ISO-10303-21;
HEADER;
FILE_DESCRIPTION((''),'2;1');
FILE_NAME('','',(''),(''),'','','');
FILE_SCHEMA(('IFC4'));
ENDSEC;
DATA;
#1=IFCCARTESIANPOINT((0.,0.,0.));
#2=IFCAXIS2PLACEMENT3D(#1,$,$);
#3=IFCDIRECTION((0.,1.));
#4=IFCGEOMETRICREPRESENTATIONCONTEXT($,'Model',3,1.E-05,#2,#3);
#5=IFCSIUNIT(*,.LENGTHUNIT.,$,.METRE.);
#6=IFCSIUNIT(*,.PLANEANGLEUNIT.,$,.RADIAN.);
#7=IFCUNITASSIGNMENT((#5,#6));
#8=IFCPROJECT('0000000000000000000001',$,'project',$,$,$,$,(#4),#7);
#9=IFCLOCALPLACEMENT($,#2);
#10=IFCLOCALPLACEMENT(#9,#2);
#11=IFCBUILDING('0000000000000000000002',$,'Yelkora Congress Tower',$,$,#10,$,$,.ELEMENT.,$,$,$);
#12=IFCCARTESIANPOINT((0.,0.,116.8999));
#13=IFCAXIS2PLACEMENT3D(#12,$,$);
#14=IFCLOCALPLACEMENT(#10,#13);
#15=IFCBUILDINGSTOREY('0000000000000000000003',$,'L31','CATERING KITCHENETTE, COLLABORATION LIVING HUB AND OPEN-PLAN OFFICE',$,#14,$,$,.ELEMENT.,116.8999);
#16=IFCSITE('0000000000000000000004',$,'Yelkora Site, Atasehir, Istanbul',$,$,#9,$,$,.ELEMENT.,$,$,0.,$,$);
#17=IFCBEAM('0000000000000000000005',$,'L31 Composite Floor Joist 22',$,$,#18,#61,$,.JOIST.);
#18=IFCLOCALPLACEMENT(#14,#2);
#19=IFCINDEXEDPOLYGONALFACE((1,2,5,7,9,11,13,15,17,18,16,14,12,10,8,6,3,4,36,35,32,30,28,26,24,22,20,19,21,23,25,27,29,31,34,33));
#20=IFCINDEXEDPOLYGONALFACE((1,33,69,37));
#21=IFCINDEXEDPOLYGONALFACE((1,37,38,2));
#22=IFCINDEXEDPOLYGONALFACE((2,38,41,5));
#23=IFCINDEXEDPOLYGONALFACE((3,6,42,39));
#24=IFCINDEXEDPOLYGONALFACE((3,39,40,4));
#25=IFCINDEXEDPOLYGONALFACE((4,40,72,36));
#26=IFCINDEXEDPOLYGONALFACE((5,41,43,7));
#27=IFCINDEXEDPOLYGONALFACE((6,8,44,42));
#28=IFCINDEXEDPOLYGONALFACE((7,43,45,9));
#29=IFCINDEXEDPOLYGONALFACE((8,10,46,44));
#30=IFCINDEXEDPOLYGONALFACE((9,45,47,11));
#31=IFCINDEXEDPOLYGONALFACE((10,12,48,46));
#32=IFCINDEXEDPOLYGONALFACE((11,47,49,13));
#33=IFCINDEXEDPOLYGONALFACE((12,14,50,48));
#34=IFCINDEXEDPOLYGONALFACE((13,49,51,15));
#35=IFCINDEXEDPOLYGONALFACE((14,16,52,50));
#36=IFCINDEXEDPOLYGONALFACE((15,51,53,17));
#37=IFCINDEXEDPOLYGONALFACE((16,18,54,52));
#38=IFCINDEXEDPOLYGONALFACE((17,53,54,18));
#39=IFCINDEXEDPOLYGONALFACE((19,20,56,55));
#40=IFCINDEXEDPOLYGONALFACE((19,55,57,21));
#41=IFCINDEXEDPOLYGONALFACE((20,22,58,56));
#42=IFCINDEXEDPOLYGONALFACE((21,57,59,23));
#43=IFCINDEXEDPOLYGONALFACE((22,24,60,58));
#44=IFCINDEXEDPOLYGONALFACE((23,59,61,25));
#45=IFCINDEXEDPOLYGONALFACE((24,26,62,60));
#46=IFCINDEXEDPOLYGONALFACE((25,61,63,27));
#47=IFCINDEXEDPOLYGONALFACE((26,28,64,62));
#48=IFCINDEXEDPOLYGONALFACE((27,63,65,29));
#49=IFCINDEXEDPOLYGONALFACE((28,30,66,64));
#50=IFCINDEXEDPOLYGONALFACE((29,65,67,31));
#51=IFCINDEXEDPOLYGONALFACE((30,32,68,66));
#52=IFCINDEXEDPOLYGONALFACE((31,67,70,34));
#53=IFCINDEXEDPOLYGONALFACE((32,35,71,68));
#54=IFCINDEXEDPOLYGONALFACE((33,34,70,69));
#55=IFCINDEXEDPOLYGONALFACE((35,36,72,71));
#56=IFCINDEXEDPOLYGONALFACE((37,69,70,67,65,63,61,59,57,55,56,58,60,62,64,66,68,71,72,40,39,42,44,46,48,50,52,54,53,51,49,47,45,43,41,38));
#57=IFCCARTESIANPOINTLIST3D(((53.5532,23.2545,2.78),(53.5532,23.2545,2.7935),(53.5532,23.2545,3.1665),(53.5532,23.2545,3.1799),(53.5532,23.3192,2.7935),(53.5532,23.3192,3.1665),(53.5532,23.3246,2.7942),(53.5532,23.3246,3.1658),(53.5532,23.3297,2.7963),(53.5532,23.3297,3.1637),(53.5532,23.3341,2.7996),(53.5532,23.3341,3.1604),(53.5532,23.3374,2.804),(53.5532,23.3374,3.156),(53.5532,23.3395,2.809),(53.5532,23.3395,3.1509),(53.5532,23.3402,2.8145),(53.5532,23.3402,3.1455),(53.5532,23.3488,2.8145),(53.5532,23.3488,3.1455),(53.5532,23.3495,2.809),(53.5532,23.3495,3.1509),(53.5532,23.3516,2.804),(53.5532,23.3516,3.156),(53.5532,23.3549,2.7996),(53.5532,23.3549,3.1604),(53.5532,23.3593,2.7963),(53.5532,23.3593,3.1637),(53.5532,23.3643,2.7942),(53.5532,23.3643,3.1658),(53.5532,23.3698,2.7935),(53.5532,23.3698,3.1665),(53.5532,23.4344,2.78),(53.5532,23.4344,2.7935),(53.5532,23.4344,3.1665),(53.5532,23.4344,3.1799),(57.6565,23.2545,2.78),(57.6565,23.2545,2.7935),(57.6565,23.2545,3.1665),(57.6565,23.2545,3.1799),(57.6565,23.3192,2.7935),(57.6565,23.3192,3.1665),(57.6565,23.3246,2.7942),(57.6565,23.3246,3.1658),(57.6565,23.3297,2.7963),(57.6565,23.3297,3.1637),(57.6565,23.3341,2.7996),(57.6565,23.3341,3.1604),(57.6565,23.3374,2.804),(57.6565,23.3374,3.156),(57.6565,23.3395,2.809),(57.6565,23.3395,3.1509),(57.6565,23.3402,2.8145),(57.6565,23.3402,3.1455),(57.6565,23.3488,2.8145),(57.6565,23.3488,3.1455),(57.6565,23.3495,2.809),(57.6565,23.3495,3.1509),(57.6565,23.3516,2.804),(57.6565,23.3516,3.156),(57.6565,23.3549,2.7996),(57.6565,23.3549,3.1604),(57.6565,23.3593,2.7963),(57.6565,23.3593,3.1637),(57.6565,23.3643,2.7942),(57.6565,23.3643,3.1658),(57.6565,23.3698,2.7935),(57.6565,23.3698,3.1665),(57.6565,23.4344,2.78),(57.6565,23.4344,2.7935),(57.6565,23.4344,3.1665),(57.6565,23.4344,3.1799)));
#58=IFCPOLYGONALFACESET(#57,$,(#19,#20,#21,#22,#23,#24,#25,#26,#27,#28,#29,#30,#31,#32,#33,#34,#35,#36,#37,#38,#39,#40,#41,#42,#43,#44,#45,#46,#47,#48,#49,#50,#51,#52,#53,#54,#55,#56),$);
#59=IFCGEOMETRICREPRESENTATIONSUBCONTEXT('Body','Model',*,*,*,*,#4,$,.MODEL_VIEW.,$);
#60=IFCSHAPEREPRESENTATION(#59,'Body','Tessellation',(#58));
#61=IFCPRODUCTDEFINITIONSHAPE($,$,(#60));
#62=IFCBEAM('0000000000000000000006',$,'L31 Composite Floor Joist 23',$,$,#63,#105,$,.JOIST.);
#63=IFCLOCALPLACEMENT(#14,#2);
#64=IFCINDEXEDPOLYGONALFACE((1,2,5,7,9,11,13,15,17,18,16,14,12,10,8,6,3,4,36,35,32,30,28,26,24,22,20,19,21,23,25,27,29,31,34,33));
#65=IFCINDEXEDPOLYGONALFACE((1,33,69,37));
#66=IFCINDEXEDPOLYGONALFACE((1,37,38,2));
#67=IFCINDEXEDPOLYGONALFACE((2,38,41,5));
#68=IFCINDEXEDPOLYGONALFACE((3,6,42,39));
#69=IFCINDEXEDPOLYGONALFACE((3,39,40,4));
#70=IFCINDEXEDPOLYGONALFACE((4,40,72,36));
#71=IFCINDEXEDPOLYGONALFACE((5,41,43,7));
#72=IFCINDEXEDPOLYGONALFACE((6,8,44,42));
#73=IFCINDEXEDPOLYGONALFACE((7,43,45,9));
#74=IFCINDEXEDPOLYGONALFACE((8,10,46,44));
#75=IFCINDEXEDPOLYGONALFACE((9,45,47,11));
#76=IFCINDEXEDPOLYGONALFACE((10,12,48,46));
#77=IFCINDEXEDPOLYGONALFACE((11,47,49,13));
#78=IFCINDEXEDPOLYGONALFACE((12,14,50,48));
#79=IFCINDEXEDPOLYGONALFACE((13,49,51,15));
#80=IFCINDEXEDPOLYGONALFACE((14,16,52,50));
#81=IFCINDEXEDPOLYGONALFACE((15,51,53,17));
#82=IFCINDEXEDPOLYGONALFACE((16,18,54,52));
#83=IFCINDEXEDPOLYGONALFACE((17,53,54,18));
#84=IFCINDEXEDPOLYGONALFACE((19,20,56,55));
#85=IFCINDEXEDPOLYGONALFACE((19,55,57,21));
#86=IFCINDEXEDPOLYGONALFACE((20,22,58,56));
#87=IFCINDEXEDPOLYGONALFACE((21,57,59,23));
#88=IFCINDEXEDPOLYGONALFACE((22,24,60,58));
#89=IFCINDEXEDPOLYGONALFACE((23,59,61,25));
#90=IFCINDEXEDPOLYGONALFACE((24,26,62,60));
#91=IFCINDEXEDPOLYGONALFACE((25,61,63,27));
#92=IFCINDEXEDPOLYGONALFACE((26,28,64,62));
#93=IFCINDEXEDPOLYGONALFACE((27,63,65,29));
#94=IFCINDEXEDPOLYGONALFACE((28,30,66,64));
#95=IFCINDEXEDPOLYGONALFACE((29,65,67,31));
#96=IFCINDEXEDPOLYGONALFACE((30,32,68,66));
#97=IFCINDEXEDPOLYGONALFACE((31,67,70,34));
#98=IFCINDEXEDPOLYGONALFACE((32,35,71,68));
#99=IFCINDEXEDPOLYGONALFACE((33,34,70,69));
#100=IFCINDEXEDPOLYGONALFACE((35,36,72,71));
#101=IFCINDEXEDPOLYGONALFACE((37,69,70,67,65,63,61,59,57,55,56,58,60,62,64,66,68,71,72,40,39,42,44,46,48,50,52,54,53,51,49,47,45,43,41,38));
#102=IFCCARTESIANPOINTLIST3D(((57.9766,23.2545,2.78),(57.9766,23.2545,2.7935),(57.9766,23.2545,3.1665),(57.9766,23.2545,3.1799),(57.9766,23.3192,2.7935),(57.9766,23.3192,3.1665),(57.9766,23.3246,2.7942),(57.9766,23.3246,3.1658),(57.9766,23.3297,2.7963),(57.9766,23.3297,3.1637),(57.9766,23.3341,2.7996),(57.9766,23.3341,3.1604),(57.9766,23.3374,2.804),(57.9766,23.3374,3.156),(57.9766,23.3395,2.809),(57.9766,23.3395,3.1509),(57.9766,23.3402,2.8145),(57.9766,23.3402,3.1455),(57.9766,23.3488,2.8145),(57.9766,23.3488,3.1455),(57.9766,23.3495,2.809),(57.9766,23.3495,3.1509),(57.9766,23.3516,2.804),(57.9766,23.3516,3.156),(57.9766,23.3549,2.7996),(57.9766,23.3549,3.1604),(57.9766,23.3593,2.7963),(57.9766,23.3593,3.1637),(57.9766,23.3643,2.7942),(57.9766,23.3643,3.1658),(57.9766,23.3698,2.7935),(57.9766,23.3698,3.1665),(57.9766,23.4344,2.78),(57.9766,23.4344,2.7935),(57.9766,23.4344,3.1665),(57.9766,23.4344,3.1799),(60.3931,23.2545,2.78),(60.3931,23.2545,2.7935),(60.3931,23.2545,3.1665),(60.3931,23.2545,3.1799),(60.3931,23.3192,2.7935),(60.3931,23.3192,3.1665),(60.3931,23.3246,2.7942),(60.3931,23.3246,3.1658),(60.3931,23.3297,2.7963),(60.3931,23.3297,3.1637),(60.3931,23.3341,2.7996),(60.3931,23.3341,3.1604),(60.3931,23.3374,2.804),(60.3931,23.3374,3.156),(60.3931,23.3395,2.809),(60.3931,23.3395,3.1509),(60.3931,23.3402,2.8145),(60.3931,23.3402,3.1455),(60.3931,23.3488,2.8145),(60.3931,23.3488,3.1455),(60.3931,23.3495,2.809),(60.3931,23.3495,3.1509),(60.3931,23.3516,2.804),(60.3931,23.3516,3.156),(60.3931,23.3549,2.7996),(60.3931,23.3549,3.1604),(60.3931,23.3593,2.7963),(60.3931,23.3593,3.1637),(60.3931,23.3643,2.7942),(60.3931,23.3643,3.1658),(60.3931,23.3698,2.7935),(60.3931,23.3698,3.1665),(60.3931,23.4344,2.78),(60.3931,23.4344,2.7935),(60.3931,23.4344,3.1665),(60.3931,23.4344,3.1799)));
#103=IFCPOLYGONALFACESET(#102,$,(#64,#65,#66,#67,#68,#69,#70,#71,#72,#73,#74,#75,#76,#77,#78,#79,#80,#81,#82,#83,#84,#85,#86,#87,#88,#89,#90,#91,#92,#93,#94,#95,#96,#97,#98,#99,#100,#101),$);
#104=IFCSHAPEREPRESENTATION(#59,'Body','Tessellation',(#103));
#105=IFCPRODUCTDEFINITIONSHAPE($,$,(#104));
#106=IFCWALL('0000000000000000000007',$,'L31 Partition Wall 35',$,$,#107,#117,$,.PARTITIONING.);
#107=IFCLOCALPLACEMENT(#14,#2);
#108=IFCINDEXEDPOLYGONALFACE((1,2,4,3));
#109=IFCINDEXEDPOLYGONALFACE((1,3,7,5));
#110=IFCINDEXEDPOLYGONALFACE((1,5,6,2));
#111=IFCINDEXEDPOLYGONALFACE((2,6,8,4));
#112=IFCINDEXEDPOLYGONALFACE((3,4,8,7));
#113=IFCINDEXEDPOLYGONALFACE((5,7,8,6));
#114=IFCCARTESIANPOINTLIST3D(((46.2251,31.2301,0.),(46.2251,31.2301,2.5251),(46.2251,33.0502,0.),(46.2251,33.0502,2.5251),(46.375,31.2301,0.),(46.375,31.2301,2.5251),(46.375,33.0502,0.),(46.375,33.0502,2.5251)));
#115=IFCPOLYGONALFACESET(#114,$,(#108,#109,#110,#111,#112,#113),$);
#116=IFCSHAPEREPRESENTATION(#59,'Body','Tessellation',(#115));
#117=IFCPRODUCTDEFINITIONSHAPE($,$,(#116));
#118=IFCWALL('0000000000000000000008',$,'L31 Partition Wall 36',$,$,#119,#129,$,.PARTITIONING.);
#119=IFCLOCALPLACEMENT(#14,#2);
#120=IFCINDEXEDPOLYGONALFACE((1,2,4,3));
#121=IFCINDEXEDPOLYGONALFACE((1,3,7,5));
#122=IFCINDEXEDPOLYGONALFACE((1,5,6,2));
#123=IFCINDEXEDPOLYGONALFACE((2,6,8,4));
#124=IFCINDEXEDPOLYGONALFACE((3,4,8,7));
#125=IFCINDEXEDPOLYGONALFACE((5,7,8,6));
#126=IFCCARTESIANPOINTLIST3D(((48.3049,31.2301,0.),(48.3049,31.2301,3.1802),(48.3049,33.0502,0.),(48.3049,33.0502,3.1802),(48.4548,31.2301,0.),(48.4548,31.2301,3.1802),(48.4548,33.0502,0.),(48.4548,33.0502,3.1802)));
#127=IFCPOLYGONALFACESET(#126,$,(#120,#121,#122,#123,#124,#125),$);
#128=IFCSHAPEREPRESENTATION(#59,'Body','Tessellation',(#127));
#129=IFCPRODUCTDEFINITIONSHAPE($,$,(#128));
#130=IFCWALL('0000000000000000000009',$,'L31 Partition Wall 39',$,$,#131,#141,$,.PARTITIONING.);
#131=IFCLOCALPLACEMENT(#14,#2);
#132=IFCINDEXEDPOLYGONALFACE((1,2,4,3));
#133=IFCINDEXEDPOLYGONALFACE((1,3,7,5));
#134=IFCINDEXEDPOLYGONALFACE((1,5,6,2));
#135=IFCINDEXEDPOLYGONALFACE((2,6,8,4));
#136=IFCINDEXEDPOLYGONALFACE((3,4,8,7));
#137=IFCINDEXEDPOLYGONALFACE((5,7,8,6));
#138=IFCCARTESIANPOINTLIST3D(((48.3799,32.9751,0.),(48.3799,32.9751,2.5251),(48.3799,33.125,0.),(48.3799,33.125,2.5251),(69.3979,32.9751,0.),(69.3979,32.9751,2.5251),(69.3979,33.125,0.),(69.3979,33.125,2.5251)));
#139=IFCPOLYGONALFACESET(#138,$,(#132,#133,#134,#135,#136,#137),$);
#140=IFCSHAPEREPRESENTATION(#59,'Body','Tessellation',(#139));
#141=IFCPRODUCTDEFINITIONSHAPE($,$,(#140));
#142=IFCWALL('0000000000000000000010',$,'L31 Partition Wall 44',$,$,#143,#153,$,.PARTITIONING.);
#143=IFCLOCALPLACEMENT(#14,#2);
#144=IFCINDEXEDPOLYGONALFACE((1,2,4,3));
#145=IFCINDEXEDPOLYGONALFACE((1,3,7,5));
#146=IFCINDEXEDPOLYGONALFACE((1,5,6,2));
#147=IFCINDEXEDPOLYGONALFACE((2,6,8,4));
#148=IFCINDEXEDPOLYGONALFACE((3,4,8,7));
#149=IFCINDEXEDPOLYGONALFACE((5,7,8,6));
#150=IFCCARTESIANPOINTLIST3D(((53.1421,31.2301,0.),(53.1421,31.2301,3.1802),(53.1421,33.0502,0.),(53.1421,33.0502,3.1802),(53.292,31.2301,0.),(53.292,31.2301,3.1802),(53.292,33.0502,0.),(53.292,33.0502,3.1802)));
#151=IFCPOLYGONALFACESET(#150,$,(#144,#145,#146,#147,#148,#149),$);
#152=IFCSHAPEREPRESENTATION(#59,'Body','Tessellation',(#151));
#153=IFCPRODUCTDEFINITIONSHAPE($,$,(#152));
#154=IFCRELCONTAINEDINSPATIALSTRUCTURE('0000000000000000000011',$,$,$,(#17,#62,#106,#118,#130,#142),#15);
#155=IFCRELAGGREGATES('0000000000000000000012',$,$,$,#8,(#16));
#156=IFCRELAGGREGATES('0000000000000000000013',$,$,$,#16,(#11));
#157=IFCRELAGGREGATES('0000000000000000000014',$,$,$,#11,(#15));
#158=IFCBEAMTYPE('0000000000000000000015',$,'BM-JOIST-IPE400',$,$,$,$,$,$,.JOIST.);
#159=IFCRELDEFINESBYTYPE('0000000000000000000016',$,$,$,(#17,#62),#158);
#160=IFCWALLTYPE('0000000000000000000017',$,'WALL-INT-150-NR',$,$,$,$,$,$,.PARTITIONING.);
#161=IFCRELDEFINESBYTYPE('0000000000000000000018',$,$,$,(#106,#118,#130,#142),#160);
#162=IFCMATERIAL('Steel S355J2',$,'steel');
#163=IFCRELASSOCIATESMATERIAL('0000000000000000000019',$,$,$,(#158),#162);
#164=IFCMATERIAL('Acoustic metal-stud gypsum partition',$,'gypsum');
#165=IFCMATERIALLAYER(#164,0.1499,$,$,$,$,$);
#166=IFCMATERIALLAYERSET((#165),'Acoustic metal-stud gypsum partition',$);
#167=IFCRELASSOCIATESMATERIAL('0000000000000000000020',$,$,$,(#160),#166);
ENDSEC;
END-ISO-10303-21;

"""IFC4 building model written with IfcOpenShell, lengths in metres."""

from ifc_helpers import new_model, si_unit, direction, frame, frame_2d, origin, origin_2d, place, context, subcontext, project, spatial, rectangle, i_section, extrude, material, layer, layer_set, material_profile, profile_set, type_object, element, save


model = new_model("IFC4")

# Units and contexts
model_context = context("Model", 3, precision=1e-05, world=origin(), true_north=direction((0.0, 1.0)))
body_context = subcontext(model_context, "Body", "Model", "MODEL_VIEW")
ifc_project = project(units=[si_unit("LENGTHUNIT", "METRE"), si_unit("PLANEANGLEUNIT", "RADIAN")], contexts=[model_context])

# Site, building, storey
site_placement = place(None, origin())
site = spatial("IfcSite", under=ifc_project, at=site_placement, Name="Yelkora Site, Atasehir, Istanbul", CompositionType="ELEMENT", RefElevation=0.0)
building_placement = place(site_placement, origin())
building = spatial("IfcBuilding", under=site, at=building_placement, Name="Yelkora Congress Tower", CompositionType="ELEMENT")
storey_placement = place(building_placement, frame((0.0, 0.0, 116.8999)))
storey = spatial("IfcBuildingStorey", under=building, at=storey_placement, Name="L31", Description="CATERING KITCHENETTE, COLLABORATION LIVING HUB AND OPEN-PLAN OFFICE", CompositionType="ELEMENT", Elevation=116.8999)

# Beams
ifc_material_1 = material(Name="Steel S355J2", Category="steel")
ifc_material_profile_1 = material_profile(ifc_material_1, i_section(OverallWidth=0.1799, OverallDepth=0.3999, WebThickness=0.0085, FlangeThickness=0.0134, FilletRadius=0.021, at=origin_2d()), Name="IPE 400")
ifc_profile_set_1 = profile_set([ifc_material_profile_1], Name="Steel S355J2")
beam_type_1 = type_object("IfcBeamType", Name="BM-JOIST-IPE400", PredefinedType="JOIST", material=ifc_profile_set_1)
beam_1_placement = place(storey_placement, frame((53.5532, 23.3445, 2.98), z_axis=(1.0, 0.0, 0.0), x_axis=(0.0, 1.0, 0.0)))
element("IfcBeam", 1, at=beam_1_placement, inside=storey, type_object=beam_type_1, Name="L31 Composite Floor Joist 22", PredefinedType="JOIST", context=body_context, shape_type="SweptSolid", body=[
    extrude(i_section(OverallWidth=0.1799, OverallDepth=0.3999, WebThickness=0.0085, FlangeThickness=0.0134, FilletRadius=0.021, at=origin_2d()), origin(), (0.0, 0.0, 1.0), 4.1033),
])
beam_2_placement = place(storey_placement, frame((57.9766, 23.3445, 2.98), z_axis=(1.0, 0.0, 0.0), x_axis=(0.0, 1.0, 0.0)))
element("IfcBeam", 2, at=beam_2_placement, inside=storey, type_object=beam_type_1, Name="L31 Composite Floor Joist 23", PredefinedType="JOIST", context=body_context, shape_type="SweptSolid", body=[
    extrude(i_section(OverallWidth=0.1799, OverallDepth=0.3999, WebThickness=0.0085, FlangeThickness=0.0134, FilletRadius=0.021, at=origin_2d()), origin(), (0.0, 0.0, 1.0), 2.4165),
])

# Walls
ifc_material_2 = material(Name="Acoustic metal-stud gypsum partition", Category="gypsum")
ifc_layer = layer(ifc_material_2, 0.1499)
ifc_layer_set = layer_set([ifc_layer], Name="Acoustic metal-stud gypsum partition")
wall_type = type_object("IfcWallType", Name="WALL-INT-150-NR", PredefinedType="PARTITIONING", material=ifc_layer_set)
wall_1_placement = place(storey_placement, frame((46.3, 31.23, 0.0), z_axis=(0.0, 0.0, 1.0), x_axis=(0.0, 1.0, 0.0)))
element("IfcWall", 3, at=wall_1_placement, inside=storey, type_object=wall_type, Name="L31 Partition Wall 35", PredefinedType="PARTITIONING", context=body_context, shape_type="SweptSolid", body=[
    extrude(rectangle(XDim=1.8201, YDim=0.1499, at=frame_2d((0.9102, 0.0))), origin(), (0.0, 0.0, 1.0), 2.5251),
])
wall_2_placement = place(storey_placement, frame((48.3799, 31.23, 0.0), z_axis=(0.0, 0.0, 1.0), x_axis=(0.0, 1.0, 0.0)))
element("IfcWall", 4, at=wall_2_placement, inside=storey, type_object=wall_type, Name="L31 Partition Wall 36", PredefinedType="PARTITIONING", context=body_context, shape_type="SweptSolid", body=[
    extrude(rectangle(XDim=1.8201, YDim=0.1499, at=frame_2d((0.9102, 0.0))), origin(), (0.0, 0.0, 1.0), 3.1802),
])
wall_3_placement = place(storey_placement, frame((48.3799, 33.05, 0.0), z_axis=(0.0, 0.0, 1.0), x_axis=(1.0, 0.0, 0.0)))
element("IfcWall", 5, at=wall_3_placement, inside=storey, type_object=wall_type, Name="L31 Partition Wall 39", PredefinedType="PARTITIONING", context=body_context, shape_type="SweptSolid", body=[
    extrude(rectangle(XDim=21.0181, YDim=0.1499, at=frame_2d((10.509, 0.0))), origin(), (0.0, 0.0, 1.0), 2.5251),
])
wall_4_placement = place(storey_placement, frame((53.217, 31.23, 0.0), z_axis=(0.0, 0.0, 1.0), x_axis=(0.0, 1.0, 0.0)))
element("IfcWall", 6, at=wall_4_placement, inside=storey, type_object=wall_type, Name="L31 Partition Wall 44", PredefinedType="PARTITIONING", context=body_context, shape_type="SweptSolid", body=[
    extrude(rectangle(XDim=1.8201, YDim=0.1499, at=frame_2d((0.9102, 0.0))), origin(), (0.0, 0.0, 1.0), 3.1802),
])

save(model, "model.ifc")
